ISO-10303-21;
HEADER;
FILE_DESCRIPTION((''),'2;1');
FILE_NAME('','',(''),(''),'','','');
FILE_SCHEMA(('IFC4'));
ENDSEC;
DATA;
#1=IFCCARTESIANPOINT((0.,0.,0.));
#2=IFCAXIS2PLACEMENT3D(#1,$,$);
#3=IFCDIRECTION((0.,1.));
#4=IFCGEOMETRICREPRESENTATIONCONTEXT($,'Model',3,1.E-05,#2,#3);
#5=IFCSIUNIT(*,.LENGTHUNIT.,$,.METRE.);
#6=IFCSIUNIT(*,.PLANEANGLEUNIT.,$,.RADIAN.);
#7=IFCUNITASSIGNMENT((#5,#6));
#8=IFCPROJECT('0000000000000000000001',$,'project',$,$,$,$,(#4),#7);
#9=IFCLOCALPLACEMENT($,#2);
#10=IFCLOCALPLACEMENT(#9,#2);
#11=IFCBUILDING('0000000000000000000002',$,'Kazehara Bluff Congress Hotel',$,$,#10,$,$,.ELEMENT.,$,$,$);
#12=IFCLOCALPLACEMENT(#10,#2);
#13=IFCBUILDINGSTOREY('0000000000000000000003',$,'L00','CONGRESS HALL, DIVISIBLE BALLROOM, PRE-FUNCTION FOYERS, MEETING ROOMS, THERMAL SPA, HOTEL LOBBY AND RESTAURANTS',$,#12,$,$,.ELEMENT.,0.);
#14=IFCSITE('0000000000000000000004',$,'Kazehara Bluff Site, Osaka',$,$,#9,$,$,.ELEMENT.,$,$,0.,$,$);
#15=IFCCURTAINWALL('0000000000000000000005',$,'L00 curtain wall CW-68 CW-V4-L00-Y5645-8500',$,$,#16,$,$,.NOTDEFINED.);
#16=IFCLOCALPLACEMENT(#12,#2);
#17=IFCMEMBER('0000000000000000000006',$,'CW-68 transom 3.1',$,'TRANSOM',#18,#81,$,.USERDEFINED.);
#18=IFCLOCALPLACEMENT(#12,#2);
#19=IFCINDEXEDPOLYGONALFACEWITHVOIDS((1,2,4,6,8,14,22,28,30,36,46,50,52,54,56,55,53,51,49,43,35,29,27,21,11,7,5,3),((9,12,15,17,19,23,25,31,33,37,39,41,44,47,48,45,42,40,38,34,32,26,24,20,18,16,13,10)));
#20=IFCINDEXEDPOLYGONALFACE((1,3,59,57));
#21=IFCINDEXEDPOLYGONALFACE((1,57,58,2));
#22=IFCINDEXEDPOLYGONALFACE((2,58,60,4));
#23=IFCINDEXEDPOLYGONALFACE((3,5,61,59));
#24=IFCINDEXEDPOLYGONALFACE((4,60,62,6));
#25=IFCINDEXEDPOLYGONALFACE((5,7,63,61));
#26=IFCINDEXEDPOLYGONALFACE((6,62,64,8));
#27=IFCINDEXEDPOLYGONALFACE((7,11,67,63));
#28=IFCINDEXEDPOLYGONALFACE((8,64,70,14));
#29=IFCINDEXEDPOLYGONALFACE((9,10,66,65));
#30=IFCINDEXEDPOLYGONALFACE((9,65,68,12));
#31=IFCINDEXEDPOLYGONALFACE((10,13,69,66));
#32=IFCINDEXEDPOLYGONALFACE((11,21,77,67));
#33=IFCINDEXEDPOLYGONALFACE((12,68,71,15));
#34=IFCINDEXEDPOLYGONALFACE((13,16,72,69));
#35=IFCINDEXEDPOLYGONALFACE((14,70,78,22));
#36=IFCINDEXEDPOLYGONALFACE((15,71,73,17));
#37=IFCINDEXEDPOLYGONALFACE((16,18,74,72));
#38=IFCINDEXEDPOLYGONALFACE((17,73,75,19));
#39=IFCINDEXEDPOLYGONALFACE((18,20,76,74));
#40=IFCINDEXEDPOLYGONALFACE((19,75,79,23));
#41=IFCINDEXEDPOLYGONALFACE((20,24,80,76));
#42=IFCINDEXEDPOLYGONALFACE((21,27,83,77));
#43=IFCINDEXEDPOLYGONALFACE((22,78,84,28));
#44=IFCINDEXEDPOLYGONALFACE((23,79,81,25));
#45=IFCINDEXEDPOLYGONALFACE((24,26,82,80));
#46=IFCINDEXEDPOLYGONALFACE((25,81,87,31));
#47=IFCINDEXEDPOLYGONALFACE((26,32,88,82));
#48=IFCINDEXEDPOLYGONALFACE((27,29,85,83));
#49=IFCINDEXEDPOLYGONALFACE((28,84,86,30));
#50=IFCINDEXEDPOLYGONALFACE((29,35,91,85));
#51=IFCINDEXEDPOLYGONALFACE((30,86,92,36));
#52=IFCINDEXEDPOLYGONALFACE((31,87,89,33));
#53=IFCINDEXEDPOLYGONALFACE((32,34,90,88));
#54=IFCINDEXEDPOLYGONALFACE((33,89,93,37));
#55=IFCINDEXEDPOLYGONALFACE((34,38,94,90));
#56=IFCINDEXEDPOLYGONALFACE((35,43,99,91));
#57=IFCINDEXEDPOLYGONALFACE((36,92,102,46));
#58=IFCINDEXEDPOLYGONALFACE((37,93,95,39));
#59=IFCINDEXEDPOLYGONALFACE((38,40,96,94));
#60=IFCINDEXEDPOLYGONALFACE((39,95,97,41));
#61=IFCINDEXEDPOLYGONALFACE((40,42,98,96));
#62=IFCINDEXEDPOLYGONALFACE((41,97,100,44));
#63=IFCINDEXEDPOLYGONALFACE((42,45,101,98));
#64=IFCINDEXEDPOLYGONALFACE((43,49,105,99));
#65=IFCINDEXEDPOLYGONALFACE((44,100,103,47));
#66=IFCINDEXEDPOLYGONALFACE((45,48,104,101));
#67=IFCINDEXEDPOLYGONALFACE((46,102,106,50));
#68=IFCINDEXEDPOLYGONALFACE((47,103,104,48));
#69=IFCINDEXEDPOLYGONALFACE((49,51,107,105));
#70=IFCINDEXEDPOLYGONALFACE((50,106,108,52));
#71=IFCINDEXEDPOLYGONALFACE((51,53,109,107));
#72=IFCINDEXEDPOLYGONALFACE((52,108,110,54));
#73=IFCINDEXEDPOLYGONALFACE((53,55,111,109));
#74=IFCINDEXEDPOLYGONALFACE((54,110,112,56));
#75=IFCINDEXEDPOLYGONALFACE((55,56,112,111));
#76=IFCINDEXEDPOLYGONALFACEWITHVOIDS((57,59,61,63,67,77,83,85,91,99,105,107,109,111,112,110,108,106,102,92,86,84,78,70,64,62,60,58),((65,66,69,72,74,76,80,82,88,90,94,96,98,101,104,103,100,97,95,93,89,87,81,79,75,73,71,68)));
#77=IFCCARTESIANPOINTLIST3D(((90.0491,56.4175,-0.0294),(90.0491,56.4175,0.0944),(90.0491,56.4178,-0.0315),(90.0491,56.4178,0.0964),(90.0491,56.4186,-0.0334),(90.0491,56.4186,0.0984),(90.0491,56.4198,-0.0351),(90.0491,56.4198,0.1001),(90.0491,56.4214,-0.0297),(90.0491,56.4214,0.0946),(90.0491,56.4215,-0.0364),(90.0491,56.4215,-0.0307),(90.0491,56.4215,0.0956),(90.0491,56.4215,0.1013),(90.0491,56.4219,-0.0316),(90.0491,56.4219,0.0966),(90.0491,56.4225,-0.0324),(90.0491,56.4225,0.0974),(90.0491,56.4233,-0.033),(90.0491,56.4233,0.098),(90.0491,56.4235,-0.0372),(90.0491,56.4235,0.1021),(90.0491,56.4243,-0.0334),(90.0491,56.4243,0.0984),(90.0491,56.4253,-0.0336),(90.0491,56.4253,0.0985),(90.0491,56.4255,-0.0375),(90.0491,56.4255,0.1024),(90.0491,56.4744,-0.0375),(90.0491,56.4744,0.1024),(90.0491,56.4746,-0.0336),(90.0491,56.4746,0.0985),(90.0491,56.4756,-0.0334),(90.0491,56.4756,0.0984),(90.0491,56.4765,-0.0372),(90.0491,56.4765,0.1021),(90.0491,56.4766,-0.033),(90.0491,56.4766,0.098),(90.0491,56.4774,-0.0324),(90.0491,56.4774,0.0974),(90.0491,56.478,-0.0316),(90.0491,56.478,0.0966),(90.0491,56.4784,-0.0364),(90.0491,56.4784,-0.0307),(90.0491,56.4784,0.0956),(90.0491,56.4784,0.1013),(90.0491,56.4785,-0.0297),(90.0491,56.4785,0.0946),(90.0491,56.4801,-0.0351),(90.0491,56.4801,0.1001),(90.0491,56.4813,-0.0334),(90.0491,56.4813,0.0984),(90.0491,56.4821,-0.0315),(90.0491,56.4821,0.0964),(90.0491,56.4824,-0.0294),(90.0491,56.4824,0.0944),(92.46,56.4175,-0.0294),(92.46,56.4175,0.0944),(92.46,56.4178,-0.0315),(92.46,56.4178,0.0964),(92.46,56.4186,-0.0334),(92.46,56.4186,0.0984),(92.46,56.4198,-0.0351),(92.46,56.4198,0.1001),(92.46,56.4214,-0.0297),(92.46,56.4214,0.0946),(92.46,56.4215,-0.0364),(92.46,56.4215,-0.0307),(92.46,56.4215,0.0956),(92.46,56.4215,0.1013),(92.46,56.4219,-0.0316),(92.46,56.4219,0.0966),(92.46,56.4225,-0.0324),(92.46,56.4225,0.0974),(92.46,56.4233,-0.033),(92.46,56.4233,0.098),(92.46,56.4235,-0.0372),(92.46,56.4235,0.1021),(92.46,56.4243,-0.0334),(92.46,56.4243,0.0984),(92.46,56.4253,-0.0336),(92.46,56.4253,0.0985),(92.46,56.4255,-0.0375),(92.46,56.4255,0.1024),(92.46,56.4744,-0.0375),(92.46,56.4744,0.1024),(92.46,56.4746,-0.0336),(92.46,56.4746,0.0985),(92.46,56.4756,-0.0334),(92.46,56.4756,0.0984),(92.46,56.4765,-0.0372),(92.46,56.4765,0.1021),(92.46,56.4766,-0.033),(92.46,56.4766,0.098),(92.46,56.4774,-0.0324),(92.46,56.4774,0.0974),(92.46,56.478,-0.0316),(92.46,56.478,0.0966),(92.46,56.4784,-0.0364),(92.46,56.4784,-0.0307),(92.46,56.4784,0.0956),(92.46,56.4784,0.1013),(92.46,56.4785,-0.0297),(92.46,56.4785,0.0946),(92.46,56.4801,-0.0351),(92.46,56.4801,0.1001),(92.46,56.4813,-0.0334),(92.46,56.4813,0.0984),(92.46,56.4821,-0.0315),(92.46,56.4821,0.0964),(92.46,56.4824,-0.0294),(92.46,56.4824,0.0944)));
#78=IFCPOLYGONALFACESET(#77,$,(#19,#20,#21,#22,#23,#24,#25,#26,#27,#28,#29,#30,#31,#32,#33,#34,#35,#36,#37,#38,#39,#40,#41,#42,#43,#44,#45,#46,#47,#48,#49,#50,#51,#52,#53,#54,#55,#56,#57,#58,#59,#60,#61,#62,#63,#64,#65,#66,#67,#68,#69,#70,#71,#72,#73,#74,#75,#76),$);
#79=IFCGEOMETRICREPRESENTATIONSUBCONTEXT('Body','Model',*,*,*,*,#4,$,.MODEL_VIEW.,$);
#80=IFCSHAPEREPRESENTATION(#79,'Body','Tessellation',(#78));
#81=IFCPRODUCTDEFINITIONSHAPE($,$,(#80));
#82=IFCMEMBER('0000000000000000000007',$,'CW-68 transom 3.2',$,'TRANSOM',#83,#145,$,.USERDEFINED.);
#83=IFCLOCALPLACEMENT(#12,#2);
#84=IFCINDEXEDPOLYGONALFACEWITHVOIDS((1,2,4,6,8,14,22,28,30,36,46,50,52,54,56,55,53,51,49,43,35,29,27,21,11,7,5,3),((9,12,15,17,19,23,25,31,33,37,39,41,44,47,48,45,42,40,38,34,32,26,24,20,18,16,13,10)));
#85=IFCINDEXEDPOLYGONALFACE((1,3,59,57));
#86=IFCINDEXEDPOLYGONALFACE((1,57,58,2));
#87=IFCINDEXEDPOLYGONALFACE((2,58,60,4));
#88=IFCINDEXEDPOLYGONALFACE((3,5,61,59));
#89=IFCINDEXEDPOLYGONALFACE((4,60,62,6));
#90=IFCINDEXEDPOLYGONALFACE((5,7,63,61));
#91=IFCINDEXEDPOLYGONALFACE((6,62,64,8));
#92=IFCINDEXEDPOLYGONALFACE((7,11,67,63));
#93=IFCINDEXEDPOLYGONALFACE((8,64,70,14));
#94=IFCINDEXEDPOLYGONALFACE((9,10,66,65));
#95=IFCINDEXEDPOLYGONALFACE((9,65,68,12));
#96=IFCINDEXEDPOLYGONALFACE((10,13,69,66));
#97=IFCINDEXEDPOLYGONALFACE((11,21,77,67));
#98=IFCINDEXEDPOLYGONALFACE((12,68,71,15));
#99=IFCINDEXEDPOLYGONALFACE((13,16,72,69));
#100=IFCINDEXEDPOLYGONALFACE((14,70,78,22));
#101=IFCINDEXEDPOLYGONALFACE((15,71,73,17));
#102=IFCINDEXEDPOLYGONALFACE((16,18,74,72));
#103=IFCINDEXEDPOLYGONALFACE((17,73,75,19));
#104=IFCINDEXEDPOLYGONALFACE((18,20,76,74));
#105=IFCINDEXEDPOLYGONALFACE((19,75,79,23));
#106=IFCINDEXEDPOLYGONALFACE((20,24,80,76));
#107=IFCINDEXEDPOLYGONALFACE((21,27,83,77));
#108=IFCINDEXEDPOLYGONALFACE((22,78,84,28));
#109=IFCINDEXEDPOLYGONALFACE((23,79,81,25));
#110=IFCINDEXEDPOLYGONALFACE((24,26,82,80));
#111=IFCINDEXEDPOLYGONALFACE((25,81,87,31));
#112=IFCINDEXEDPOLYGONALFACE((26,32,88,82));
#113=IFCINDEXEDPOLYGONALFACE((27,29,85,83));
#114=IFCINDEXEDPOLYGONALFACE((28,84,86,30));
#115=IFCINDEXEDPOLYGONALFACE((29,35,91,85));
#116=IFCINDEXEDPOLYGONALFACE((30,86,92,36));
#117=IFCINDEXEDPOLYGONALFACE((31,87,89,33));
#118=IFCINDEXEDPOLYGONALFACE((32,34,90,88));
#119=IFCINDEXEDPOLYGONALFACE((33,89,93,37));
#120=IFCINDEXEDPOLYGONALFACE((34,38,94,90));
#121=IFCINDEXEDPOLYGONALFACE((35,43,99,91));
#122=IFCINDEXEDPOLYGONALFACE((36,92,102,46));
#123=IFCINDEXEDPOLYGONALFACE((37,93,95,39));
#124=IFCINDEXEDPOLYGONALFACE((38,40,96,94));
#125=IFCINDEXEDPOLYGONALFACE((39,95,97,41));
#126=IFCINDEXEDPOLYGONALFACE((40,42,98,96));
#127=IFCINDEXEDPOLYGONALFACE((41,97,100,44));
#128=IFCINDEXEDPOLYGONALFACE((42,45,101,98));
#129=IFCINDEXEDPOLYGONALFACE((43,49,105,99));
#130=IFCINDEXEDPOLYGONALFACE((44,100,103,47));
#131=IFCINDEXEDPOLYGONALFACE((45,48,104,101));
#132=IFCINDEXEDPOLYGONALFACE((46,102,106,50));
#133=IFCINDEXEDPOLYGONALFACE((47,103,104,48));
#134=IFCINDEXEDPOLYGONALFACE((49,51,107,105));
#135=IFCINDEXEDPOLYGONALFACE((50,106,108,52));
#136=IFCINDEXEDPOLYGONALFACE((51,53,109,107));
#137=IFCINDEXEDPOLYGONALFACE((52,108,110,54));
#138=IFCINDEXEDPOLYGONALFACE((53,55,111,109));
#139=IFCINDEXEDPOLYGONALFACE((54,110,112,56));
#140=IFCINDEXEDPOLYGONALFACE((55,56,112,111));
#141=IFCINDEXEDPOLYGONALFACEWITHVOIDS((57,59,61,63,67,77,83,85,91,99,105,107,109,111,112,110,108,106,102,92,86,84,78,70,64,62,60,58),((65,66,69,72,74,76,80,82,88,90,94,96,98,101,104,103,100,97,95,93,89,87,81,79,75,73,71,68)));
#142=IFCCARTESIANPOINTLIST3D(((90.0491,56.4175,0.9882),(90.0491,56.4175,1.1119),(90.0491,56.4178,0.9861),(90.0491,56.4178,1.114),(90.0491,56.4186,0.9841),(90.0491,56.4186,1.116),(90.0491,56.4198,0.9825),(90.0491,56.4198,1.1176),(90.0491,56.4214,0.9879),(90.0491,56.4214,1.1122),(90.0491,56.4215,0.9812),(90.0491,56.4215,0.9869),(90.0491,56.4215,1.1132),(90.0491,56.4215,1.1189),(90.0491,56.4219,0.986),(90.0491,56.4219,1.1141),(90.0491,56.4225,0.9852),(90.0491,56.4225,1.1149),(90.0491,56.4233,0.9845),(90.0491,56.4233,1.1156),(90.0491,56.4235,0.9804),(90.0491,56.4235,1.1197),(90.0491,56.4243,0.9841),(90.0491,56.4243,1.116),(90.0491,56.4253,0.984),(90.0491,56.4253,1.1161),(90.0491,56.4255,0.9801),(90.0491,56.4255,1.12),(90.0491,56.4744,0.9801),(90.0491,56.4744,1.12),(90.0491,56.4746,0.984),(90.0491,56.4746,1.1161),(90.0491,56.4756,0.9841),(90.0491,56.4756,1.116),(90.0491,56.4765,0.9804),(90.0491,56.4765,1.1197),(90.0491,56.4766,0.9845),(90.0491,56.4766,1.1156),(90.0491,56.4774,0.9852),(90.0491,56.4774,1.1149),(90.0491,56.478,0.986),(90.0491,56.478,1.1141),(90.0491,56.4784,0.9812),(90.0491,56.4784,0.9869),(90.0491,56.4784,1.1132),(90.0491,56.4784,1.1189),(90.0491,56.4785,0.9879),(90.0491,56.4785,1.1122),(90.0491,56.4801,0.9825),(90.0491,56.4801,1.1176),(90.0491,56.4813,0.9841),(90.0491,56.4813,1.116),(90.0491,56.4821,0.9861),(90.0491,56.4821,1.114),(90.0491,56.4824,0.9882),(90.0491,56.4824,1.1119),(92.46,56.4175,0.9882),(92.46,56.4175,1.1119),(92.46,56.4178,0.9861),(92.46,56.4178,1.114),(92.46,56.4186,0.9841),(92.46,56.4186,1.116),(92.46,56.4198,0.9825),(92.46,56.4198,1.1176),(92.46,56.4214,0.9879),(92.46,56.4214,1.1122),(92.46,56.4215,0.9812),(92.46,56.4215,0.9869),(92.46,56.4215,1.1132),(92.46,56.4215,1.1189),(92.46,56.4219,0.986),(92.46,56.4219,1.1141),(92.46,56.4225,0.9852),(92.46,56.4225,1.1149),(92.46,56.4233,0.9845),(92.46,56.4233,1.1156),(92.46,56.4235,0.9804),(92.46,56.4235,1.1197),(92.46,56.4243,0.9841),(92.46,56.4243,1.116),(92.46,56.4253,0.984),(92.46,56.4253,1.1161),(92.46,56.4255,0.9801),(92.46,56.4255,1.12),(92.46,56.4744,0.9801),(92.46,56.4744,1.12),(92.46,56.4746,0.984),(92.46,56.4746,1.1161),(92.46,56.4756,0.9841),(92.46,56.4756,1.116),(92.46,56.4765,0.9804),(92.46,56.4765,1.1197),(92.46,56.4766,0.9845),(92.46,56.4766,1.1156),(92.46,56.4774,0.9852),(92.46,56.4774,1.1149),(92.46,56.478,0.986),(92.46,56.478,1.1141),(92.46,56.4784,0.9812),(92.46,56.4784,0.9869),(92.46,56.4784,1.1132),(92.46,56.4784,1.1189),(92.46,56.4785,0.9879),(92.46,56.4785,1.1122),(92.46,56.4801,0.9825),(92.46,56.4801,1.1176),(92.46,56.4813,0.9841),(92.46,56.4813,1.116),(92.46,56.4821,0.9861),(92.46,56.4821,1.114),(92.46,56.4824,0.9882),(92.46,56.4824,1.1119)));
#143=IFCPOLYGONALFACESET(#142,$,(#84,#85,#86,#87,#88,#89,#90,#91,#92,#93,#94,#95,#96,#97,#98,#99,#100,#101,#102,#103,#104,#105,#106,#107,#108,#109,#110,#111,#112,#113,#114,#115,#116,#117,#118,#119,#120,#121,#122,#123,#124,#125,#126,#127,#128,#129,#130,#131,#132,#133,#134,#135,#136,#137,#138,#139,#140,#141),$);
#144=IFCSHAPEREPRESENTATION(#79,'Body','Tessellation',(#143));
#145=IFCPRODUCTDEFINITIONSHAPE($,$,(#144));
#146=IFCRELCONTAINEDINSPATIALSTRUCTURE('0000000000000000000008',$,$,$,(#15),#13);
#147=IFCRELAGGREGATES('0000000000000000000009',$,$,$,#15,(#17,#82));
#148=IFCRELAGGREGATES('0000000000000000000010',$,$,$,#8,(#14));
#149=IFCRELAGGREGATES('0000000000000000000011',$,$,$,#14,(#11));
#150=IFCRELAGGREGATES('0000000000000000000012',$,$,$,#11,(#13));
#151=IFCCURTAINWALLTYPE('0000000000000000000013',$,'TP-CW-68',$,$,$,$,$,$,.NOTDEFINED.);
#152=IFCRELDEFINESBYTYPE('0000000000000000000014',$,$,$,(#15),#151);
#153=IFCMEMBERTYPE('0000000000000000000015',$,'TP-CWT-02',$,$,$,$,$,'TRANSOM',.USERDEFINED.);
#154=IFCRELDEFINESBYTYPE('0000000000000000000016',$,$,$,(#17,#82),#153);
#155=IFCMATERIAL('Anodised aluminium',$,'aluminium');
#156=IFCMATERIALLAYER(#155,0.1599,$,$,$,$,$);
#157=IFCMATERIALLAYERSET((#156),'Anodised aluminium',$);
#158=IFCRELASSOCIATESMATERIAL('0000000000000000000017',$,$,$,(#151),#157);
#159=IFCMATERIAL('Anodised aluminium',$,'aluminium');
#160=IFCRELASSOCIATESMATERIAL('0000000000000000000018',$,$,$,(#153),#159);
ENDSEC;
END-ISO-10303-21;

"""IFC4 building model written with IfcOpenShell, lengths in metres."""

from ifc_helpers import new_model, si_unit, direction, frame, origin, origin_2d, place, context, subcontext, project, spatial, hollow_rectangle, extrude, material, layer, layer_set, material_profile, profile_set, type_object, element, aggregate, save


model = new_model("IFC4")

# Units and contexts
model_context = context("Model", 3, precision=1e-05, world=origin(), true_north=direction((0.0, 1.0)))
body_context = subcontext(model_context, "Body", "Model", "MODEL_VIEW")
ifc_project = project(units=[si_unit("LENGTHUNIT", "METRE"), si_unit("PLANEANGLEUNIT", "RADIAN")], contexts=[model_context])

# Site, building, storey
site_placement = place(None, origin())
site = spatial("IfcSite", under=ifc_project, at=site_placement, Name="Kazehara Bluff Site, Osaka", CompositionType="ELEMENT", RefElevation=0.0)
building_placement = place(site_placement, origin())
building = spatial("IfcBuilding", under=site, at=building_placement, Name="Kazehara Bluff Congress Hotel", CompositionType="ELEMENT")
storey_placement = place(building_placement, origin())
storey = spatial("IfcBuildingStorey", under=building, at=storey_placement, Name="L00", Description="CONGRESS HALL, DIVISIBLE BALLROOM, PRE-FUNCTION FOYERS, MEETING ROOMS, THERMAL SPA, HOTEL LOBBY AND RESTAURANTS", CompositionType="ELEMENT", Elevation=0.0)

# Curtain wall
ifc_material_1 = material(Name="Anodised aluminium", Category="aluminium")
ifc_layer_1 = layer(ifc_material_1, 0.1599)
ifc_layer_set_1 = layer_set([ifc_layer_1], Name="Anodised aluminium")
curtain_wall_type_1 = type_object("IfcCurtainWallType", Name="TP-CW-68", PredefinedType="NOTDEFINED", material=ifc_layer_set_1)
curtain_wall_1_placement = place(storey_placement, origin())
curtain_wall_1 = element("IfcCurtainWall", 1, at=curtain_wall_1_placement, inside=storey, type_object=curtain_wall_type_1, Name="L00 curtain wall CW-68 CW-V4-L00-Y5645-8500", PredefinedType="NOTDEFINED")

# Members
ifc_material_2 = material(Name="Anodised aluminium", Category="aluminium")
ifc_material_profile_1 = material_profile(ifc_material_2, hollow_rectangle(XDim=0.0649, YDim=0.1399, WallThickness=0.0039, InnerFilletRadius=0.0039, OuterFilletRadius=0.0081, at=origin_2d()))
ifc_profile_set_1 = profile_set([ifc_material_profile_1], Name="Anodised aluminium")
member_type_1 = type_object("IfcMemberType", Name="TP-CWT-02", ElementType="TRANSOM", PredefinedType="USERDEFINED", material=ifc_profile_set_1)
member_1_placement = place(storey_placement, frame((90.0491, 56.45, 0.0325), z_axis=(1.0, 0.0, 0.0), x_axis=(0.0, 1.0, 0.0)))
member_1 = element("IfcMember", 2, at=member_1_placement, type_object=member_type_1, Name="CW-68 transom 3.1", ObjectType="TRANSOM", PredefinedType="USERDEFINED", context=body_context, shape_type="SweptSolid", body=[
    extrude(hollow_rectangle(XDim=0.0649, YDim=0.1399, WallThickness=0.0039, InnerFilletRadius=0.0039, OuterFilletRadius=0.0081, at=origin_2d()), origin(), (0.0, 0.0, 1.0), 2.4109),
])
member_2_placement = place(storey_placement, frame((90.0491, 56.45, 1.05), z_axis=(1.0, 0.0, 0.0), x_axis=(0.0, 1.0, 0.0)))
member_2 = element("IfcMember", 3, at=member_2_placement, type_object=member_type_1, Name="CW-68 transom 3.2", ObjectType="TRANSOM", PredefinedType="USERDEFINED", context=body_context, shape_type="SweptSolid", body=[
    extrude(hollow_rectangle(XDim=0.0649, YDim=0.1399, WallThickness=0.0039, InnerFilletRadius=0.0039, OuterFilletRadius=0.0081, at=origin_2d()), origin(), (0.0, 0.0, 1.0), 2.4109),
])

aggregate(curtain_wall_1, [member_1, member_2])

save(model, "model.ifc")
